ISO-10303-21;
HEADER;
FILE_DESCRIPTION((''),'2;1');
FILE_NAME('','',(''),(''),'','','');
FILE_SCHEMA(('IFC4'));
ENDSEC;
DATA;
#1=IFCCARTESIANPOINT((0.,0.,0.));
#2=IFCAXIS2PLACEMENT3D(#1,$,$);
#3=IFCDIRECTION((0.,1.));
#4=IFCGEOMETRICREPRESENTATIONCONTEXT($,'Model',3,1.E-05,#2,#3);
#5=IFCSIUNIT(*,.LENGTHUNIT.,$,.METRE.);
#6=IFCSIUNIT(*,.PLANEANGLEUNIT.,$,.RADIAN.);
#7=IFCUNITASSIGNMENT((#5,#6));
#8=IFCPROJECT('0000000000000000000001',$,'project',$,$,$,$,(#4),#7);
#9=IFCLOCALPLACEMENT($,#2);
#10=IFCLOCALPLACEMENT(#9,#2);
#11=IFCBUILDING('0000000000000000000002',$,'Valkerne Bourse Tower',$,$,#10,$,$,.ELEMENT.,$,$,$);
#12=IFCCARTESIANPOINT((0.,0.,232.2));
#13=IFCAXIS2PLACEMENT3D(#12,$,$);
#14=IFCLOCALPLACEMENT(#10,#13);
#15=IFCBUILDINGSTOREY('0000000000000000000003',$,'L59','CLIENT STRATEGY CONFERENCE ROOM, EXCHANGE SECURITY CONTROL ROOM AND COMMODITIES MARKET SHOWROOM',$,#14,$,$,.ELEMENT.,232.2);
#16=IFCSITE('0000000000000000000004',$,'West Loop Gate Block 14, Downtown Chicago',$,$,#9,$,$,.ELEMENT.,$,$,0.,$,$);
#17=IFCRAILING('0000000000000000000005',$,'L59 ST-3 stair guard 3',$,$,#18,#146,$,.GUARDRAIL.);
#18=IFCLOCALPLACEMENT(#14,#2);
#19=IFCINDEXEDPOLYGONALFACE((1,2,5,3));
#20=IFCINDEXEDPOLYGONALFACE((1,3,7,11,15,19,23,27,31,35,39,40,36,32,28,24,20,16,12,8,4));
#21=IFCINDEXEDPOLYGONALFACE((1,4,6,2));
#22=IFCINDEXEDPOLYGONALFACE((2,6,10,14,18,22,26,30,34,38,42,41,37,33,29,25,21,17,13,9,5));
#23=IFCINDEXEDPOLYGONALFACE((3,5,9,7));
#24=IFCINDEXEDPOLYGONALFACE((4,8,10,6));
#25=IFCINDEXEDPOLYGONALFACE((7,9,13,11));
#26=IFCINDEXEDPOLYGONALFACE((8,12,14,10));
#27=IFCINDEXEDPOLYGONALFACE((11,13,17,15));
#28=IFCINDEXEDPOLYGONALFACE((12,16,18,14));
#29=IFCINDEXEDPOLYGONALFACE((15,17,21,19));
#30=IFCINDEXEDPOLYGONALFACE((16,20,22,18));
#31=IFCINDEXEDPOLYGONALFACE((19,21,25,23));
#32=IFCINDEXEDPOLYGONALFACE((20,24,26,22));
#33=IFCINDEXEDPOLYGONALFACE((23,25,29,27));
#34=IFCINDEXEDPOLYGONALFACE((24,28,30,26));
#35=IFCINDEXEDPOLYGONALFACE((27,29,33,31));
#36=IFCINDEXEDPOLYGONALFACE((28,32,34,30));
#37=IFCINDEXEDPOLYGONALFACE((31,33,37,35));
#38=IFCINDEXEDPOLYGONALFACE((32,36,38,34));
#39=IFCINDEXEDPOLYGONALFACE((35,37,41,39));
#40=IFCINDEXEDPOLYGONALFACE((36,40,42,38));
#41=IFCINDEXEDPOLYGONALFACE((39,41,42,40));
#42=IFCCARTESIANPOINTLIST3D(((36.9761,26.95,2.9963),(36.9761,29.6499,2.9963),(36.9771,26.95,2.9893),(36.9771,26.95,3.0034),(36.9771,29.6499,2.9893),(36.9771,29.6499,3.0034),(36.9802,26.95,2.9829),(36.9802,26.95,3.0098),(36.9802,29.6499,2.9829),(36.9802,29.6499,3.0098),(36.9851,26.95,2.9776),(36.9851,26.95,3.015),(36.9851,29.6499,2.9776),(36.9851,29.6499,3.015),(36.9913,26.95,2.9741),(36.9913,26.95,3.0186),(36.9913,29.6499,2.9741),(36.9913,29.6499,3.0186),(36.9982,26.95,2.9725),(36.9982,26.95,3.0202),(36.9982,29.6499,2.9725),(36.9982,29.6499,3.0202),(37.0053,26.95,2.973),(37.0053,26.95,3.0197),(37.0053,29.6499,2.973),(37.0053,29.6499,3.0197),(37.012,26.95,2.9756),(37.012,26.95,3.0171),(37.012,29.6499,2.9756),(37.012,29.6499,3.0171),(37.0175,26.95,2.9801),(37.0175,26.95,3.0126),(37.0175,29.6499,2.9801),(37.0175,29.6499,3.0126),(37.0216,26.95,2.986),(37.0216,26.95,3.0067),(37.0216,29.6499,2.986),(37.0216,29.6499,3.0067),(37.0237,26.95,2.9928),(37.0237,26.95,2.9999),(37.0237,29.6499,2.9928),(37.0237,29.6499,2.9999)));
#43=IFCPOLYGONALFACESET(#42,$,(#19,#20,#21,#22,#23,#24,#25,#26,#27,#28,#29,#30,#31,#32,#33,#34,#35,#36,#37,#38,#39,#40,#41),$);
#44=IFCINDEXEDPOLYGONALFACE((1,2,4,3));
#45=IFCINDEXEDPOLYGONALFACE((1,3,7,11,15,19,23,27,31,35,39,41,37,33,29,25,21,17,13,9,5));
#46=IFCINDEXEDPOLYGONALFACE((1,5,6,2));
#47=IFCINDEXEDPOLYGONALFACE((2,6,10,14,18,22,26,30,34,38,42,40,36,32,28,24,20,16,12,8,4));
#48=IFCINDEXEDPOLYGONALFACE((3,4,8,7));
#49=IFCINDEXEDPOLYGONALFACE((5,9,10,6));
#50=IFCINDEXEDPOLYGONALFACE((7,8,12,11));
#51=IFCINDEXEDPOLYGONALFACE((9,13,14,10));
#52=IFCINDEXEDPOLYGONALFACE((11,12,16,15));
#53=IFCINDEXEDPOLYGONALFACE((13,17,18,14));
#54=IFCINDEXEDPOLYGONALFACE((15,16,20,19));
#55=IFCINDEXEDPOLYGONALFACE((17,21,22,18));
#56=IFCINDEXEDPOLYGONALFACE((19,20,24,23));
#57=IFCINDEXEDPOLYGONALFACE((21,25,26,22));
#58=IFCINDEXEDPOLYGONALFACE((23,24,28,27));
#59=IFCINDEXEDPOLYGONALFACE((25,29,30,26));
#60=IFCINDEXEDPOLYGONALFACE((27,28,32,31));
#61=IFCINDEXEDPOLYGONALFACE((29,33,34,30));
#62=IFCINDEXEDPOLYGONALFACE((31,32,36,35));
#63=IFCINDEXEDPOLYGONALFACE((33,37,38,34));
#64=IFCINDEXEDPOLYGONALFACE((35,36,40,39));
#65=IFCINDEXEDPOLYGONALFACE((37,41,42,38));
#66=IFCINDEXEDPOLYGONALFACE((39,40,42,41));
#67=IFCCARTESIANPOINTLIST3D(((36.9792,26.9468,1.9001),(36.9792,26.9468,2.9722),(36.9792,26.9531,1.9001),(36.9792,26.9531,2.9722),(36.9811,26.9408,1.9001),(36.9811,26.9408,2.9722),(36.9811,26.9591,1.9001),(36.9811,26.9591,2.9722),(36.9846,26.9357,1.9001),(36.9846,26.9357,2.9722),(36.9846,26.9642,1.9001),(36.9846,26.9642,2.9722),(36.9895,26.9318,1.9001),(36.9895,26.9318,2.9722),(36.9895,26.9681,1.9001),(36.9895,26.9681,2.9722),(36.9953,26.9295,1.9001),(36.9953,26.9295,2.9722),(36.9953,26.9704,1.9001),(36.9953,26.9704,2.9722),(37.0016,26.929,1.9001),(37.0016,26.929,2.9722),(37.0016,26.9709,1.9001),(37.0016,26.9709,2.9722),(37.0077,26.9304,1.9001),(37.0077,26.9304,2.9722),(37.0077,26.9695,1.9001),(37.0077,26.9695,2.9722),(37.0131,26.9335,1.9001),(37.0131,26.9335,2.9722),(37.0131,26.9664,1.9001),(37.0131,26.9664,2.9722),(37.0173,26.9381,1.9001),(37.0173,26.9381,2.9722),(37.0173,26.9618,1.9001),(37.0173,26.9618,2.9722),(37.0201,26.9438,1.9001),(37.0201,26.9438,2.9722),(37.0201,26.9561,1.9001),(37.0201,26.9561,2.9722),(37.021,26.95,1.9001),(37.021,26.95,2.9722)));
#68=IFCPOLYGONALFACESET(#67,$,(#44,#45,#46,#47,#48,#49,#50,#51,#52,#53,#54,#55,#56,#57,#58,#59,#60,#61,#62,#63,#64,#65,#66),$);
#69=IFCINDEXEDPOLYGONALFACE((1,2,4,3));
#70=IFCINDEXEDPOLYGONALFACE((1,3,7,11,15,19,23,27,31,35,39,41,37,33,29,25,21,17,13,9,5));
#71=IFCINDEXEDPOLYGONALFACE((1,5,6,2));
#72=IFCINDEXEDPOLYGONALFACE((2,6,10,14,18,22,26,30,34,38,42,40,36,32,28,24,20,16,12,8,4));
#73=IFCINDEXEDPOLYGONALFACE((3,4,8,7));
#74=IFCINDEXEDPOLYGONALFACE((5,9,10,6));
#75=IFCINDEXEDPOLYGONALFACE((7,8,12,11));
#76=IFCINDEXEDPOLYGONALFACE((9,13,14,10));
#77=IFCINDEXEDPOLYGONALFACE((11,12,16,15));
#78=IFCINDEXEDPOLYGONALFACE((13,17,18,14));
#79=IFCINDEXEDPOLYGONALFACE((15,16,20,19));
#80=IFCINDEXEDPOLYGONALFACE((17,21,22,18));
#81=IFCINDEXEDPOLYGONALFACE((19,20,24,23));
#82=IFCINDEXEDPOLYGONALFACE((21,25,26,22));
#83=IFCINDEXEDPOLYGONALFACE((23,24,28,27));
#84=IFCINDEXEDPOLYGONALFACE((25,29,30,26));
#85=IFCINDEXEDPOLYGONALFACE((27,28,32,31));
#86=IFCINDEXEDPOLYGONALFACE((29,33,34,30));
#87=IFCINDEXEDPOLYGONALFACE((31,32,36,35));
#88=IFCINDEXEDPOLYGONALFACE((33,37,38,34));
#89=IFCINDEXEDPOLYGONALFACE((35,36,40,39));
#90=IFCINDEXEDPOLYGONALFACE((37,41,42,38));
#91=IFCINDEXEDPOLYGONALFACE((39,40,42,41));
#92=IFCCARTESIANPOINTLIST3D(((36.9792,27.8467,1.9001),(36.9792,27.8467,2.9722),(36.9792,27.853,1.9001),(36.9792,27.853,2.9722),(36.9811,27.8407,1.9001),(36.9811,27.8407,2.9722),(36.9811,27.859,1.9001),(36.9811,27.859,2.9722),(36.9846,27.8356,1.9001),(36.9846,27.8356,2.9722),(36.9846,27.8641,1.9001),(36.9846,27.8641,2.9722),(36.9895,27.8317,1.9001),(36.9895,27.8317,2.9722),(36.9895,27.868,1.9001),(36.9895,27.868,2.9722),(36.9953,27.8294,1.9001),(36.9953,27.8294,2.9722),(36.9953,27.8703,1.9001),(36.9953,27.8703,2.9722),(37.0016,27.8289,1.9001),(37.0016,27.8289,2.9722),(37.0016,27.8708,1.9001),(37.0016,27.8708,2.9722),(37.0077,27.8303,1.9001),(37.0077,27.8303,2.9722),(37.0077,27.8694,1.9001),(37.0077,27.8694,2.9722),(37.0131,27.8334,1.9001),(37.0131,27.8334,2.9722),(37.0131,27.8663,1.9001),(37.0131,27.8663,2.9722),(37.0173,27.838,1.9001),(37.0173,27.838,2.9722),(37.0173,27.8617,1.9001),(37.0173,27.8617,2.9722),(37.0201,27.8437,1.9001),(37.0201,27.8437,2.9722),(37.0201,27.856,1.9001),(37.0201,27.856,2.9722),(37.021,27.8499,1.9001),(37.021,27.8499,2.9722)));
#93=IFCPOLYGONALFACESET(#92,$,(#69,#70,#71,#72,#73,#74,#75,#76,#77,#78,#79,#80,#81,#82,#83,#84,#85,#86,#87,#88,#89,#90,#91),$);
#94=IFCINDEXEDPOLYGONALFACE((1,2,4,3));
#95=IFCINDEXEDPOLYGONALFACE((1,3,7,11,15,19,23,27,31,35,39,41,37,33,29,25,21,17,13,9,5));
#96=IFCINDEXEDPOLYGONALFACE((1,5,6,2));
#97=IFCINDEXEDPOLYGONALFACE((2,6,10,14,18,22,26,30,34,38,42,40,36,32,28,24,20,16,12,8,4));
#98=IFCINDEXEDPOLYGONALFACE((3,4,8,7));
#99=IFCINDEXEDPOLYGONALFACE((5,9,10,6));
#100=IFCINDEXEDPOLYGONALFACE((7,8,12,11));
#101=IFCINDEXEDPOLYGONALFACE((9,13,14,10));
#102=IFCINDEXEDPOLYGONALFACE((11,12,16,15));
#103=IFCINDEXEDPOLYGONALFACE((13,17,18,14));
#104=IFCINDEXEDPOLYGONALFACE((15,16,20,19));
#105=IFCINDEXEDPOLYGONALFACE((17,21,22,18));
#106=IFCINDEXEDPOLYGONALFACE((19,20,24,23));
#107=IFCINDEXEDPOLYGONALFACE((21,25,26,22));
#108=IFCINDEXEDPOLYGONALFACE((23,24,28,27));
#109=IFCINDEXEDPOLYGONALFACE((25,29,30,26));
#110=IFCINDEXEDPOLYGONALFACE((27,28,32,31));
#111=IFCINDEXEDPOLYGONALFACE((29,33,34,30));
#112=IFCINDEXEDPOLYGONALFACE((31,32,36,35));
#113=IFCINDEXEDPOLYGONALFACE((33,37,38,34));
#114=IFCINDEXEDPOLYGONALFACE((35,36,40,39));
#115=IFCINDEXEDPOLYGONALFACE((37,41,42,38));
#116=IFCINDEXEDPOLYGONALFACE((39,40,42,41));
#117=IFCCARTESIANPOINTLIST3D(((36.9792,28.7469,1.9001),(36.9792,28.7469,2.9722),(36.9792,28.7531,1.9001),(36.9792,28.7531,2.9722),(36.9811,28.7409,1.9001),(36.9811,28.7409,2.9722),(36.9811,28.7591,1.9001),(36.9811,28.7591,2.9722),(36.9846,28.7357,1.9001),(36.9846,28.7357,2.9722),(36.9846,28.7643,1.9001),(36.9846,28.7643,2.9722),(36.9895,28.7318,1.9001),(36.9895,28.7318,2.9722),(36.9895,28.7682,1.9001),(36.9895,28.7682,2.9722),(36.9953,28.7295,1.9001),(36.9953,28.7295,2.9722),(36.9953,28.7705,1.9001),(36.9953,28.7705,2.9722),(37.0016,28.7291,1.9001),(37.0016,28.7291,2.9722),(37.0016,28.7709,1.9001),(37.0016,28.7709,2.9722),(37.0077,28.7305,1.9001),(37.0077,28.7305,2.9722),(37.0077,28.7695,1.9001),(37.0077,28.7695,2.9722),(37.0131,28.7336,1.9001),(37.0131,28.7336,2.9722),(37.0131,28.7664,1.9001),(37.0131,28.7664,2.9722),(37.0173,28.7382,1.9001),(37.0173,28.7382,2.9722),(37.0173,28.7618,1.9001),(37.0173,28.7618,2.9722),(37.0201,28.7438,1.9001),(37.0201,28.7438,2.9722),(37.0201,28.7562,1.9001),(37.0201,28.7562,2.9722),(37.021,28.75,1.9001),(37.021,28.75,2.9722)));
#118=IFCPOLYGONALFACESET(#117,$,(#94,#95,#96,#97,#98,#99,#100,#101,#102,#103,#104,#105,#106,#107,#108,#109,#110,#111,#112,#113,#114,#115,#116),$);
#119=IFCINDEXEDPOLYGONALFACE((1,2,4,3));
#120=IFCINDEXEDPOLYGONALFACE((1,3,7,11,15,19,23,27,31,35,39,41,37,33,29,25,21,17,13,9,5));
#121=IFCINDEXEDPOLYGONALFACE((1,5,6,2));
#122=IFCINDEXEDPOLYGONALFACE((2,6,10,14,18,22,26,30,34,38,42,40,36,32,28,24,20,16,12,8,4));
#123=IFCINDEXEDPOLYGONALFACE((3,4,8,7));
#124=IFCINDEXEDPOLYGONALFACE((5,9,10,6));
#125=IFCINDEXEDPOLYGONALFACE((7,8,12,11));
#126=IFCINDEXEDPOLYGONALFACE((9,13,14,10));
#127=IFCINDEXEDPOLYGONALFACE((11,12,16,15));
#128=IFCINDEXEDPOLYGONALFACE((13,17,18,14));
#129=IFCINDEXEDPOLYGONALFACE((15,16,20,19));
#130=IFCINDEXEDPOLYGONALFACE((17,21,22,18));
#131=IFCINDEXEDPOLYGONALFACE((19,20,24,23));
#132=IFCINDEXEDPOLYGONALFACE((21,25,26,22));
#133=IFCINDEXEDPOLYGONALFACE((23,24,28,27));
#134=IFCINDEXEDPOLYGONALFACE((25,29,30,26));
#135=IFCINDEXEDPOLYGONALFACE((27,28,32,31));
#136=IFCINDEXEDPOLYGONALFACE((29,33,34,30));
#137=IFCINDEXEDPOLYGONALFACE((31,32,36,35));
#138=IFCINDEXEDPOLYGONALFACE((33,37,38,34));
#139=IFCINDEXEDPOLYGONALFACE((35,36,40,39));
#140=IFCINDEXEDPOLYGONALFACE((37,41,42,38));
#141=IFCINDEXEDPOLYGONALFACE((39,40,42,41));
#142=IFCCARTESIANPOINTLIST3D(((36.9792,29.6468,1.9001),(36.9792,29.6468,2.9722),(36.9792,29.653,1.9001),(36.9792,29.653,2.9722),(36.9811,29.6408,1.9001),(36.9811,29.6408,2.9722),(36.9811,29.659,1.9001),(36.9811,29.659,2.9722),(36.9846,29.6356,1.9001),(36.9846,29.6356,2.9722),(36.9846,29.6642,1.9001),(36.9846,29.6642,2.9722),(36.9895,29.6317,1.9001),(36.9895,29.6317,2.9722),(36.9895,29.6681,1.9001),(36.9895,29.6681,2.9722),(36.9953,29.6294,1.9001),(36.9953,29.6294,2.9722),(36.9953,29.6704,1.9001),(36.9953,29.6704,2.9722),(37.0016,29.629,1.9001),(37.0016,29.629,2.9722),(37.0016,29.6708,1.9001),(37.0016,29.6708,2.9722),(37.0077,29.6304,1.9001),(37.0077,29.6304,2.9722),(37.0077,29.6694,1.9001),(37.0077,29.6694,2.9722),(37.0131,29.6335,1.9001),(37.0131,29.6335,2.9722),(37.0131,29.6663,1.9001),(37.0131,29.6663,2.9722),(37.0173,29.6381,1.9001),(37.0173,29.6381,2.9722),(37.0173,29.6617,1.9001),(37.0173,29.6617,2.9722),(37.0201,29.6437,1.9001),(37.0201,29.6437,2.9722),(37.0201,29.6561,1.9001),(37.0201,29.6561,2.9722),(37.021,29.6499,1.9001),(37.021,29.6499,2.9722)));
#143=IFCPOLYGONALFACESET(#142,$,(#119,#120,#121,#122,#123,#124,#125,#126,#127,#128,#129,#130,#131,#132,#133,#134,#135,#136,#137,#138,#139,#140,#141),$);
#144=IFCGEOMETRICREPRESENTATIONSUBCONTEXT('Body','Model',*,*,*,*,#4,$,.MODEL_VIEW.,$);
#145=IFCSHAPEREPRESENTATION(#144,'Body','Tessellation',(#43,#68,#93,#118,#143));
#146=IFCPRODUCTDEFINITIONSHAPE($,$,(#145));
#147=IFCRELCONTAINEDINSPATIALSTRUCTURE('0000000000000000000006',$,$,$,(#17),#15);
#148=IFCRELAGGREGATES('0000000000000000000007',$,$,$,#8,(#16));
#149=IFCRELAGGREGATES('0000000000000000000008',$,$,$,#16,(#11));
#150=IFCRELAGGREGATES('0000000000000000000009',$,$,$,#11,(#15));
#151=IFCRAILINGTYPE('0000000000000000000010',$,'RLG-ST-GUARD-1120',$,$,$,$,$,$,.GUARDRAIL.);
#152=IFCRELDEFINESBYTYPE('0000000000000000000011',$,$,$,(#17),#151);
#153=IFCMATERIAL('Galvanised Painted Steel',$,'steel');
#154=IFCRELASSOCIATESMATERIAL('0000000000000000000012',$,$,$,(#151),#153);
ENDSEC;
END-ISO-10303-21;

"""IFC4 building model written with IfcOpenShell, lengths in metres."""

from ifc_helpers import new_model, si_unit, direction, frame, origin, origin_2d, place, context, subcontext, project, spatial, circle, extrude, material, type_object, element, save


model = new_model("IFC4")

# Units and contexts
model_context = context("Model", 3, precision=1e-05, world=origin(), true_north=direction((0.0, 1.0)))
body_context = subcontext(model_context, "Body", "Model", "MODEL_VIEW")
ifc_project = project(units=[si_unit("LENGTHUNIT", "METRE"), si_unit("PLANEANGLEUNIT", "RADIAN")], contexts=[model_context])

# Site, building, storey
site_placement = place(None, origin())
site = spatial("IfcSite", under=ifc_project, at=site_placement, Name="West Loop Gate Block 14, Downtown Chicago", CompositionType="ELEMENT", RefElevation=0.0)
building_placement = place(site_placement, origin())
building = spatial("IfcBuilding", under=site, at=building_placement, Name="Valkerne Bourse Tower", CompositionType="ELEMENT")
storey_placement = place(building_placement, frame((0.0, 0.0, 232.2)))
storey = spatial("IfcBuildingStorey", under=building, at=storey_placement, Name="L59", Description="CLIENT STRATEGY CONFERENCE ROOM, EXCHANGE SECURITY CONTROL ROOM AND COMMODITIES MARKET SHOWROOM", CompositionType="ELEMENT", Elevation=232.2)

# Railing
ifc_material_1 = material(Name="Galvanised Painted Steel", Category="steel")
railing_type_1 = type_object("IfcRailingType", Name="RLG-ST-GUARD-1120", PredefinedType="GUARDRAIL", material=ifc_material_1)
for number, where, name in (
    (1, (37.0, 26.95, 1.9001), "L59 ST-3 stair guard 3"),
):
    element("IfcRailing", number, at=place(storey_placement, frame(where)), inside=storey, type_object=railing_type_1, Name=name, PredefinedType="GUARDRAIL", context=body_context, shape_type="SweptSolid", body=[
        extrude(circle(Radius=0.0239, at=origin_2d()), frame((0.0, 0.0, 1.0962), z_axis=(0.0, 1.0, 0.0), x_axis=(-1.0, 0.0, 0.0)), (0.0, 0.0, 1.0), 2.7),
        extrude(circle(Radius=0.021, at=origin_2d()), origin(), (0.0, 0.0, 1.0), 1.072),
        extrude(circle(Radius=0.021, at=origin_2d()), frame((0.0, 0.8999, 0.0)), (0.0, 0.0, 1.0), 1.072),
        extrude(circle(Radius=0.021, at=origin_2d()), frame((0.0, 1.8, 0.0)), (0.0, 0.0, 1.0), 1.072),
        extrude(circle(Radius=0.021, at=origin_2d()), frame((0.0, 2.7, 0.0)), (0.0, 0.0, 1.0), 1.072),
    ])

save(model, "model.ifc")
